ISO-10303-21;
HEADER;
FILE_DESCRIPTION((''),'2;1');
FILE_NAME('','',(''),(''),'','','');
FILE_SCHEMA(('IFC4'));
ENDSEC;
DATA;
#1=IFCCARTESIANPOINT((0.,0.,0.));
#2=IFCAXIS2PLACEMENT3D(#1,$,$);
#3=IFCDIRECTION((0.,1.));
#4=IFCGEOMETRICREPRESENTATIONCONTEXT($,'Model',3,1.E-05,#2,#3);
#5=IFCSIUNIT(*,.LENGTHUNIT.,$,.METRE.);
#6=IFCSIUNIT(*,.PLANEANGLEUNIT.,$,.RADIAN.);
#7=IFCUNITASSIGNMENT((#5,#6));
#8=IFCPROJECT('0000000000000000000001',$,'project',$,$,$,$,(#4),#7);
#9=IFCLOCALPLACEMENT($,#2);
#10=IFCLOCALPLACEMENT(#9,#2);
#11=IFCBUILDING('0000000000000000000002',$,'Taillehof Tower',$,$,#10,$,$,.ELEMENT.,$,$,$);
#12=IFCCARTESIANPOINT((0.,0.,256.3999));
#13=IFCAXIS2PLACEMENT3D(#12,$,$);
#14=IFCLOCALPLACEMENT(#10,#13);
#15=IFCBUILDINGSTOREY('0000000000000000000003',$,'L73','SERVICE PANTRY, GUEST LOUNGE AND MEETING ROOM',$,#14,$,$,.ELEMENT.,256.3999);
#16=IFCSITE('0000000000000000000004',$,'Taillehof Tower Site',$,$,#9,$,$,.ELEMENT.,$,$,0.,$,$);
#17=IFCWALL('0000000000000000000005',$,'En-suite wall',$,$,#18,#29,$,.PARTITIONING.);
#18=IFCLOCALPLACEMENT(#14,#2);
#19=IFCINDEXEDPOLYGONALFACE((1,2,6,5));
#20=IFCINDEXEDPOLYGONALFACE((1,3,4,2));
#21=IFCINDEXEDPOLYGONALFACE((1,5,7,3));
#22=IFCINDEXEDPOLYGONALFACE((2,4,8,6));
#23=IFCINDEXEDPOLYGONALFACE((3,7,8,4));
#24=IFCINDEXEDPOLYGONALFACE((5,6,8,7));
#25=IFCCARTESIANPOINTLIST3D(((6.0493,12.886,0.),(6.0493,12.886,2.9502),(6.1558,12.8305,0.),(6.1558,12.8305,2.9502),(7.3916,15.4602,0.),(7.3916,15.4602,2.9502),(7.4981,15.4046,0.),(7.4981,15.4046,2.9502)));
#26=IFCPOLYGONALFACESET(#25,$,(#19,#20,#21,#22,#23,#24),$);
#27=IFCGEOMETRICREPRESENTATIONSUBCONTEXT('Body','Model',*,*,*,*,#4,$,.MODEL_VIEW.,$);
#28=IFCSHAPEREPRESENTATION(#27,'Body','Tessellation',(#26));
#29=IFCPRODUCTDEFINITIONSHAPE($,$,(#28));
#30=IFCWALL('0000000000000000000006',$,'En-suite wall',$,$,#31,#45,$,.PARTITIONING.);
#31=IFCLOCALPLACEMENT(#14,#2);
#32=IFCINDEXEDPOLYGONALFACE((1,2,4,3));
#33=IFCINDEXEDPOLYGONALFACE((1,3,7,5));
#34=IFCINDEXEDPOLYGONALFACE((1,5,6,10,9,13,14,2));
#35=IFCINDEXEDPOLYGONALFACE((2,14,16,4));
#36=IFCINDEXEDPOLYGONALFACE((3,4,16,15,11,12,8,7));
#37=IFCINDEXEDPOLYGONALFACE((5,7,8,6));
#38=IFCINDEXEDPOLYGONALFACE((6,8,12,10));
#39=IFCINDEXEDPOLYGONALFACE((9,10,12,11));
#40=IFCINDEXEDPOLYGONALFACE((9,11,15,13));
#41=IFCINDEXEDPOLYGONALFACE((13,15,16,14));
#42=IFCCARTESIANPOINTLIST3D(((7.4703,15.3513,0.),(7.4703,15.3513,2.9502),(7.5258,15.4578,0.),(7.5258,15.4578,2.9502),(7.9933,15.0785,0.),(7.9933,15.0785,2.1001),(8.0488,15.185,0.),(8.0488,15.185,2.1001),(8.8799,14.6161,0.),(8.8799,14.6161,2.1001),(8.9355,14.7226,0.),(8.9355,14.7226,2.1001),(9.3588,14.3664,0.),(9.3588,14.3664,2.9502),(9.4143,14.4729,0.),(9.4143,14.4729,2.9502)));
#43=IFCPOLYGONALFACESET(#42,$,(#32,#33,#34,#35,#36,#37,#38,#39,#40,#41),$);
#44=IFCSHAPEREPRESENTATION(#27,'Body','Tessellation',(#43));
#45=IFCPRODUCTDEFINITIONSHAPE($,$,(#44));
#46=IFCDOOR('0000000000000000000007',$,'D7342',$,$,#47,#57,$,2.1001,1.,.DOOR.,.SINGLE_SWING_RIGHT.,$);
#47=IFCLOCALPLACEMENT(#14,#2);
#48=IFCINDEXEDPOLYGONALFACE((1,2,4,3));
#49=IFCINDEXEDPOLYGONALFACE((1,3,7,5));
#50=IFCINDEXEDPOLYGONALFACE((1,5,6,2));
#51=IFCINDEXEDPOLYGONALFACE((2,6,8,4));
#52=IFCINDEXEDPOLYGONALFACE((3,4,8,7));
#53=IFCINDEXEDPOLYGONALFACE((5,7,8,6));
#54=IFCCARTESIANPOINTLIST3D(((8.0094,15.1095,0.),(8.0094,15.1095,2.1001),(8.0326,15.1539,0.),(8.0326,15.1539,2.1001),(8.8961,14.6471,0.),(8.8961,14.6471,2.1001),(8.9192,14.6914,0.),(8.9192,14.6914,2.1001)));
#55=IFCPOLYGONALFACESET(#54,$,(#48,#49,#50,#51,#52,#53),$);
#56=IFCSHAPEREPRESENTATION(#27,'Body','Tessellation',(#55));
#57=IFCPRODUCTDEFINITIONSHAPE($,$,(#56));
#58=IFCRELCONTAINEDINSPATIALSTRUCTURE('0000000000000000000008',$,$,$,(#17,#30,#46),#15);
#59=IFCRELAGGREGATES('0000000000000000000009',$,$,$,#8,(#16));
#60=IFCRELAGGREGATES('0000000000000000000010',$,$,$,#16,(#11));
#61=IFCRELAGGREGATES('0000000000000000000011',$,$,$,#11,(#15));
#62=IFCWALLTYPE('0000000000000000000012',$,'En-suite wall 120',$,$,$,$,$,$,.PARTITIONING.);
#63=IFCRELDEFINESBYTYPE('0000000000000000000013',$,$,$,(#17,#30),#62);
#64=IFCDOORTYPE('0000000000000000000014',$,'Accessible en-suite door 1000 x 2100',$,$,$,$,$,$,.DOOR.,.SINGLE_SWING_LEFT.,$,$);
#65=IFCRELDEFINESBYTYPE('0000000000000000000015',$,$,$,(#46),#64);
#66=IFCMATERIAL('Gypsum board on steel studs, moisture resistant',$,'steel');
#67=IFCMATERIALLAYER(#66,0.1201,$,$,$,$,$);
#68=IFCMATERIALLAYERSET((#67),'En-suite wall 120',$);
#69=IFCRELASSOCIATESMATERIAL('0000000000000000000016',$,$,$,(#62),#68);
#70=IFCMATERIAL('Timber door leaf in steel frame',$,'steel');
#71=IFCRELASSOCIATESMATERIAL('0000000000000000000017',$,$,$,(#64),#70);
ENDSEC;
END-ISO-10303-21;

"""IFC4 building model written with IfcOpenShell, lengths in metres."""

from ifc_helpers import new_model, si_unit, direction, frame, frame_2d, origin, place, context, subcontext, project, spatial, rectangle, extrude, material, layer, layer_set, type_object, element, fill, save


model = new_model("IFC4")

# Units and contexts
model_context = context("Model", 3, precision=1e-05, world=origin(), true_north=direction((0.0, 1.0)))
body_context = subcontext(model_context, "Body", "Model", "MODEL_VIEW")
ifc_project = project(units=[si_unit("LENGTHUNIT", "METRE"), si_unit("PLANEANGLEUNIT", "RADIAN")], contexts=[model_context])

# Site, building, storey
site_placement = place(None, origin())
site = spatial("IfcSite", under=ifc_project, at=site_placement, Name="Taillehof Tower Site", CompositionType="ELEMENT", RefElevation=0.0)
building_placement = place(site_placement, origin())
building = spatial("IfcBuilding", under=site, at=building_placement, Name="Taillehof Tower", CompositionType="ELEMENT")
storey_placement = place(building_placement, frame((0.0, 0.0, 256.3999)))
storey = spatial("IfcBuildingStorey", under=building, at=storey_placement, Name="L73", Description="SERVICE PANTRY, GUEST LOUNGE AND MEETING ROOM", CompositionType="ELEMENT", Elevation=256.3999)

# Wall
ifc_material_1 = material(Name="Gypsum board on steel studs, moisture resistant", Category="steel")
ifc_layer_1 = layer(ifc_material_1, 0.1201)
ifc_layer_set_1 = layer_set([ifc_layer_1], Name="En-suite wall 120")
wall_type_1 = type_object("IfcWallType", Name="En-suite wall 120", PredefinedType="PARTITIONING", material=ifc_layer_set_1)
wall_1_placement = place(storey_placement, frame((6.1025, 12.8582, 0.0), z_axis=(0.0, 0.0, 1.0), x_axis=(0.462353, 0.886696, 0.0)))
element("IfcWall", 1, at=wall_1_placement, inside=storey, type_object=wall_type_1, Name="En-suite wall", PredefinedType="PARTITIONING", context=body_context, shape_type="SweptSolid", body=[
    extrude(rectangle(XDim=2.9031, YDim=0.1201, at=frame_2d((1.4517, 0.0))), origin(), (0.0, 0.0, 1.0), 2.9502),
])

# Wall, opening, door
wall_2_placement = place(storey_placement, frame((7.498, 15.4045, 0.0), z_axis=(0.0, 0.0, 1.0), x_axis=(0.886663, -0.462417, 0.0)))
wall_2 = element("IfcWall", 2, at=wall_2_placement, inside=storey, type_object=wall_type_1, Name="En-suite wall", PredefinedType="PARTITIONING", context=body_context, shape_type="SweptSolid", body=[
    extrude(rectangle(XDim=2.1299, YDim=0.1201, at=frame_2d((1.0649, 0.0))), origin(), (0.0, 0.0, 1.0), 2.9502),
])
opening_1_placement = place(wall_2_placement, frame((0.5898, 0.0, 0.0)))
opening_1 = element("IfcOpeningElement", 3, at=opening_1_placement, cuts=wall_2, PredefinedType="OPENING", context=body_context, shape_type="SweptSolid", body=[
    extrude(rectangle(XDim=1.0, YDim=2.1001, at=frame_2d((0.5, 1.05))), frame((0.0, 0.0701, 0.0), z_axis=(0.0, -1.0, 0.0), x_axis=(1.0, 0.0, 0.0)), (0.0, 0.0, 1.0), 0.1401),
])
ifc_material_2 = material(Name="Timber door leaf in steel frame", Category="steel")
door_type_1 = type_object("IfcDoorType", Name="Accessible en-suite door 1000 x 2100", OperationType="SINGLE_SWING_LEFT", PredefinedType="DOOR", material=ifc_material_2)
door_1_placement = place(opening_1_placement, origin())
door_1 = element("IfcDoor", 4, at=door_1_placement, inside=storey, type_object=door_type_1, Name="D7342", OperationType="SINGLE_SWING_RIGHT", OverallHeight=2.1001, OverallWidth=1.0, PredefinedType="DOOR", context=body_context, shape_type="SweptSolid", body=[
    extrude(rectangle(XDim=1.0, YDim=2.1001, at=frame_2d((0.5, 1.05))), frame((0.0, 0.0249, 0.0), z_axis=(0.0, -1.0, 0.0), x_axis=(1.0, 0.0, 0.0)), (0.0, 0.0, 1.0), 0.05),
])
fill(opening_1, door_1)

save(model, "model.ifc")
